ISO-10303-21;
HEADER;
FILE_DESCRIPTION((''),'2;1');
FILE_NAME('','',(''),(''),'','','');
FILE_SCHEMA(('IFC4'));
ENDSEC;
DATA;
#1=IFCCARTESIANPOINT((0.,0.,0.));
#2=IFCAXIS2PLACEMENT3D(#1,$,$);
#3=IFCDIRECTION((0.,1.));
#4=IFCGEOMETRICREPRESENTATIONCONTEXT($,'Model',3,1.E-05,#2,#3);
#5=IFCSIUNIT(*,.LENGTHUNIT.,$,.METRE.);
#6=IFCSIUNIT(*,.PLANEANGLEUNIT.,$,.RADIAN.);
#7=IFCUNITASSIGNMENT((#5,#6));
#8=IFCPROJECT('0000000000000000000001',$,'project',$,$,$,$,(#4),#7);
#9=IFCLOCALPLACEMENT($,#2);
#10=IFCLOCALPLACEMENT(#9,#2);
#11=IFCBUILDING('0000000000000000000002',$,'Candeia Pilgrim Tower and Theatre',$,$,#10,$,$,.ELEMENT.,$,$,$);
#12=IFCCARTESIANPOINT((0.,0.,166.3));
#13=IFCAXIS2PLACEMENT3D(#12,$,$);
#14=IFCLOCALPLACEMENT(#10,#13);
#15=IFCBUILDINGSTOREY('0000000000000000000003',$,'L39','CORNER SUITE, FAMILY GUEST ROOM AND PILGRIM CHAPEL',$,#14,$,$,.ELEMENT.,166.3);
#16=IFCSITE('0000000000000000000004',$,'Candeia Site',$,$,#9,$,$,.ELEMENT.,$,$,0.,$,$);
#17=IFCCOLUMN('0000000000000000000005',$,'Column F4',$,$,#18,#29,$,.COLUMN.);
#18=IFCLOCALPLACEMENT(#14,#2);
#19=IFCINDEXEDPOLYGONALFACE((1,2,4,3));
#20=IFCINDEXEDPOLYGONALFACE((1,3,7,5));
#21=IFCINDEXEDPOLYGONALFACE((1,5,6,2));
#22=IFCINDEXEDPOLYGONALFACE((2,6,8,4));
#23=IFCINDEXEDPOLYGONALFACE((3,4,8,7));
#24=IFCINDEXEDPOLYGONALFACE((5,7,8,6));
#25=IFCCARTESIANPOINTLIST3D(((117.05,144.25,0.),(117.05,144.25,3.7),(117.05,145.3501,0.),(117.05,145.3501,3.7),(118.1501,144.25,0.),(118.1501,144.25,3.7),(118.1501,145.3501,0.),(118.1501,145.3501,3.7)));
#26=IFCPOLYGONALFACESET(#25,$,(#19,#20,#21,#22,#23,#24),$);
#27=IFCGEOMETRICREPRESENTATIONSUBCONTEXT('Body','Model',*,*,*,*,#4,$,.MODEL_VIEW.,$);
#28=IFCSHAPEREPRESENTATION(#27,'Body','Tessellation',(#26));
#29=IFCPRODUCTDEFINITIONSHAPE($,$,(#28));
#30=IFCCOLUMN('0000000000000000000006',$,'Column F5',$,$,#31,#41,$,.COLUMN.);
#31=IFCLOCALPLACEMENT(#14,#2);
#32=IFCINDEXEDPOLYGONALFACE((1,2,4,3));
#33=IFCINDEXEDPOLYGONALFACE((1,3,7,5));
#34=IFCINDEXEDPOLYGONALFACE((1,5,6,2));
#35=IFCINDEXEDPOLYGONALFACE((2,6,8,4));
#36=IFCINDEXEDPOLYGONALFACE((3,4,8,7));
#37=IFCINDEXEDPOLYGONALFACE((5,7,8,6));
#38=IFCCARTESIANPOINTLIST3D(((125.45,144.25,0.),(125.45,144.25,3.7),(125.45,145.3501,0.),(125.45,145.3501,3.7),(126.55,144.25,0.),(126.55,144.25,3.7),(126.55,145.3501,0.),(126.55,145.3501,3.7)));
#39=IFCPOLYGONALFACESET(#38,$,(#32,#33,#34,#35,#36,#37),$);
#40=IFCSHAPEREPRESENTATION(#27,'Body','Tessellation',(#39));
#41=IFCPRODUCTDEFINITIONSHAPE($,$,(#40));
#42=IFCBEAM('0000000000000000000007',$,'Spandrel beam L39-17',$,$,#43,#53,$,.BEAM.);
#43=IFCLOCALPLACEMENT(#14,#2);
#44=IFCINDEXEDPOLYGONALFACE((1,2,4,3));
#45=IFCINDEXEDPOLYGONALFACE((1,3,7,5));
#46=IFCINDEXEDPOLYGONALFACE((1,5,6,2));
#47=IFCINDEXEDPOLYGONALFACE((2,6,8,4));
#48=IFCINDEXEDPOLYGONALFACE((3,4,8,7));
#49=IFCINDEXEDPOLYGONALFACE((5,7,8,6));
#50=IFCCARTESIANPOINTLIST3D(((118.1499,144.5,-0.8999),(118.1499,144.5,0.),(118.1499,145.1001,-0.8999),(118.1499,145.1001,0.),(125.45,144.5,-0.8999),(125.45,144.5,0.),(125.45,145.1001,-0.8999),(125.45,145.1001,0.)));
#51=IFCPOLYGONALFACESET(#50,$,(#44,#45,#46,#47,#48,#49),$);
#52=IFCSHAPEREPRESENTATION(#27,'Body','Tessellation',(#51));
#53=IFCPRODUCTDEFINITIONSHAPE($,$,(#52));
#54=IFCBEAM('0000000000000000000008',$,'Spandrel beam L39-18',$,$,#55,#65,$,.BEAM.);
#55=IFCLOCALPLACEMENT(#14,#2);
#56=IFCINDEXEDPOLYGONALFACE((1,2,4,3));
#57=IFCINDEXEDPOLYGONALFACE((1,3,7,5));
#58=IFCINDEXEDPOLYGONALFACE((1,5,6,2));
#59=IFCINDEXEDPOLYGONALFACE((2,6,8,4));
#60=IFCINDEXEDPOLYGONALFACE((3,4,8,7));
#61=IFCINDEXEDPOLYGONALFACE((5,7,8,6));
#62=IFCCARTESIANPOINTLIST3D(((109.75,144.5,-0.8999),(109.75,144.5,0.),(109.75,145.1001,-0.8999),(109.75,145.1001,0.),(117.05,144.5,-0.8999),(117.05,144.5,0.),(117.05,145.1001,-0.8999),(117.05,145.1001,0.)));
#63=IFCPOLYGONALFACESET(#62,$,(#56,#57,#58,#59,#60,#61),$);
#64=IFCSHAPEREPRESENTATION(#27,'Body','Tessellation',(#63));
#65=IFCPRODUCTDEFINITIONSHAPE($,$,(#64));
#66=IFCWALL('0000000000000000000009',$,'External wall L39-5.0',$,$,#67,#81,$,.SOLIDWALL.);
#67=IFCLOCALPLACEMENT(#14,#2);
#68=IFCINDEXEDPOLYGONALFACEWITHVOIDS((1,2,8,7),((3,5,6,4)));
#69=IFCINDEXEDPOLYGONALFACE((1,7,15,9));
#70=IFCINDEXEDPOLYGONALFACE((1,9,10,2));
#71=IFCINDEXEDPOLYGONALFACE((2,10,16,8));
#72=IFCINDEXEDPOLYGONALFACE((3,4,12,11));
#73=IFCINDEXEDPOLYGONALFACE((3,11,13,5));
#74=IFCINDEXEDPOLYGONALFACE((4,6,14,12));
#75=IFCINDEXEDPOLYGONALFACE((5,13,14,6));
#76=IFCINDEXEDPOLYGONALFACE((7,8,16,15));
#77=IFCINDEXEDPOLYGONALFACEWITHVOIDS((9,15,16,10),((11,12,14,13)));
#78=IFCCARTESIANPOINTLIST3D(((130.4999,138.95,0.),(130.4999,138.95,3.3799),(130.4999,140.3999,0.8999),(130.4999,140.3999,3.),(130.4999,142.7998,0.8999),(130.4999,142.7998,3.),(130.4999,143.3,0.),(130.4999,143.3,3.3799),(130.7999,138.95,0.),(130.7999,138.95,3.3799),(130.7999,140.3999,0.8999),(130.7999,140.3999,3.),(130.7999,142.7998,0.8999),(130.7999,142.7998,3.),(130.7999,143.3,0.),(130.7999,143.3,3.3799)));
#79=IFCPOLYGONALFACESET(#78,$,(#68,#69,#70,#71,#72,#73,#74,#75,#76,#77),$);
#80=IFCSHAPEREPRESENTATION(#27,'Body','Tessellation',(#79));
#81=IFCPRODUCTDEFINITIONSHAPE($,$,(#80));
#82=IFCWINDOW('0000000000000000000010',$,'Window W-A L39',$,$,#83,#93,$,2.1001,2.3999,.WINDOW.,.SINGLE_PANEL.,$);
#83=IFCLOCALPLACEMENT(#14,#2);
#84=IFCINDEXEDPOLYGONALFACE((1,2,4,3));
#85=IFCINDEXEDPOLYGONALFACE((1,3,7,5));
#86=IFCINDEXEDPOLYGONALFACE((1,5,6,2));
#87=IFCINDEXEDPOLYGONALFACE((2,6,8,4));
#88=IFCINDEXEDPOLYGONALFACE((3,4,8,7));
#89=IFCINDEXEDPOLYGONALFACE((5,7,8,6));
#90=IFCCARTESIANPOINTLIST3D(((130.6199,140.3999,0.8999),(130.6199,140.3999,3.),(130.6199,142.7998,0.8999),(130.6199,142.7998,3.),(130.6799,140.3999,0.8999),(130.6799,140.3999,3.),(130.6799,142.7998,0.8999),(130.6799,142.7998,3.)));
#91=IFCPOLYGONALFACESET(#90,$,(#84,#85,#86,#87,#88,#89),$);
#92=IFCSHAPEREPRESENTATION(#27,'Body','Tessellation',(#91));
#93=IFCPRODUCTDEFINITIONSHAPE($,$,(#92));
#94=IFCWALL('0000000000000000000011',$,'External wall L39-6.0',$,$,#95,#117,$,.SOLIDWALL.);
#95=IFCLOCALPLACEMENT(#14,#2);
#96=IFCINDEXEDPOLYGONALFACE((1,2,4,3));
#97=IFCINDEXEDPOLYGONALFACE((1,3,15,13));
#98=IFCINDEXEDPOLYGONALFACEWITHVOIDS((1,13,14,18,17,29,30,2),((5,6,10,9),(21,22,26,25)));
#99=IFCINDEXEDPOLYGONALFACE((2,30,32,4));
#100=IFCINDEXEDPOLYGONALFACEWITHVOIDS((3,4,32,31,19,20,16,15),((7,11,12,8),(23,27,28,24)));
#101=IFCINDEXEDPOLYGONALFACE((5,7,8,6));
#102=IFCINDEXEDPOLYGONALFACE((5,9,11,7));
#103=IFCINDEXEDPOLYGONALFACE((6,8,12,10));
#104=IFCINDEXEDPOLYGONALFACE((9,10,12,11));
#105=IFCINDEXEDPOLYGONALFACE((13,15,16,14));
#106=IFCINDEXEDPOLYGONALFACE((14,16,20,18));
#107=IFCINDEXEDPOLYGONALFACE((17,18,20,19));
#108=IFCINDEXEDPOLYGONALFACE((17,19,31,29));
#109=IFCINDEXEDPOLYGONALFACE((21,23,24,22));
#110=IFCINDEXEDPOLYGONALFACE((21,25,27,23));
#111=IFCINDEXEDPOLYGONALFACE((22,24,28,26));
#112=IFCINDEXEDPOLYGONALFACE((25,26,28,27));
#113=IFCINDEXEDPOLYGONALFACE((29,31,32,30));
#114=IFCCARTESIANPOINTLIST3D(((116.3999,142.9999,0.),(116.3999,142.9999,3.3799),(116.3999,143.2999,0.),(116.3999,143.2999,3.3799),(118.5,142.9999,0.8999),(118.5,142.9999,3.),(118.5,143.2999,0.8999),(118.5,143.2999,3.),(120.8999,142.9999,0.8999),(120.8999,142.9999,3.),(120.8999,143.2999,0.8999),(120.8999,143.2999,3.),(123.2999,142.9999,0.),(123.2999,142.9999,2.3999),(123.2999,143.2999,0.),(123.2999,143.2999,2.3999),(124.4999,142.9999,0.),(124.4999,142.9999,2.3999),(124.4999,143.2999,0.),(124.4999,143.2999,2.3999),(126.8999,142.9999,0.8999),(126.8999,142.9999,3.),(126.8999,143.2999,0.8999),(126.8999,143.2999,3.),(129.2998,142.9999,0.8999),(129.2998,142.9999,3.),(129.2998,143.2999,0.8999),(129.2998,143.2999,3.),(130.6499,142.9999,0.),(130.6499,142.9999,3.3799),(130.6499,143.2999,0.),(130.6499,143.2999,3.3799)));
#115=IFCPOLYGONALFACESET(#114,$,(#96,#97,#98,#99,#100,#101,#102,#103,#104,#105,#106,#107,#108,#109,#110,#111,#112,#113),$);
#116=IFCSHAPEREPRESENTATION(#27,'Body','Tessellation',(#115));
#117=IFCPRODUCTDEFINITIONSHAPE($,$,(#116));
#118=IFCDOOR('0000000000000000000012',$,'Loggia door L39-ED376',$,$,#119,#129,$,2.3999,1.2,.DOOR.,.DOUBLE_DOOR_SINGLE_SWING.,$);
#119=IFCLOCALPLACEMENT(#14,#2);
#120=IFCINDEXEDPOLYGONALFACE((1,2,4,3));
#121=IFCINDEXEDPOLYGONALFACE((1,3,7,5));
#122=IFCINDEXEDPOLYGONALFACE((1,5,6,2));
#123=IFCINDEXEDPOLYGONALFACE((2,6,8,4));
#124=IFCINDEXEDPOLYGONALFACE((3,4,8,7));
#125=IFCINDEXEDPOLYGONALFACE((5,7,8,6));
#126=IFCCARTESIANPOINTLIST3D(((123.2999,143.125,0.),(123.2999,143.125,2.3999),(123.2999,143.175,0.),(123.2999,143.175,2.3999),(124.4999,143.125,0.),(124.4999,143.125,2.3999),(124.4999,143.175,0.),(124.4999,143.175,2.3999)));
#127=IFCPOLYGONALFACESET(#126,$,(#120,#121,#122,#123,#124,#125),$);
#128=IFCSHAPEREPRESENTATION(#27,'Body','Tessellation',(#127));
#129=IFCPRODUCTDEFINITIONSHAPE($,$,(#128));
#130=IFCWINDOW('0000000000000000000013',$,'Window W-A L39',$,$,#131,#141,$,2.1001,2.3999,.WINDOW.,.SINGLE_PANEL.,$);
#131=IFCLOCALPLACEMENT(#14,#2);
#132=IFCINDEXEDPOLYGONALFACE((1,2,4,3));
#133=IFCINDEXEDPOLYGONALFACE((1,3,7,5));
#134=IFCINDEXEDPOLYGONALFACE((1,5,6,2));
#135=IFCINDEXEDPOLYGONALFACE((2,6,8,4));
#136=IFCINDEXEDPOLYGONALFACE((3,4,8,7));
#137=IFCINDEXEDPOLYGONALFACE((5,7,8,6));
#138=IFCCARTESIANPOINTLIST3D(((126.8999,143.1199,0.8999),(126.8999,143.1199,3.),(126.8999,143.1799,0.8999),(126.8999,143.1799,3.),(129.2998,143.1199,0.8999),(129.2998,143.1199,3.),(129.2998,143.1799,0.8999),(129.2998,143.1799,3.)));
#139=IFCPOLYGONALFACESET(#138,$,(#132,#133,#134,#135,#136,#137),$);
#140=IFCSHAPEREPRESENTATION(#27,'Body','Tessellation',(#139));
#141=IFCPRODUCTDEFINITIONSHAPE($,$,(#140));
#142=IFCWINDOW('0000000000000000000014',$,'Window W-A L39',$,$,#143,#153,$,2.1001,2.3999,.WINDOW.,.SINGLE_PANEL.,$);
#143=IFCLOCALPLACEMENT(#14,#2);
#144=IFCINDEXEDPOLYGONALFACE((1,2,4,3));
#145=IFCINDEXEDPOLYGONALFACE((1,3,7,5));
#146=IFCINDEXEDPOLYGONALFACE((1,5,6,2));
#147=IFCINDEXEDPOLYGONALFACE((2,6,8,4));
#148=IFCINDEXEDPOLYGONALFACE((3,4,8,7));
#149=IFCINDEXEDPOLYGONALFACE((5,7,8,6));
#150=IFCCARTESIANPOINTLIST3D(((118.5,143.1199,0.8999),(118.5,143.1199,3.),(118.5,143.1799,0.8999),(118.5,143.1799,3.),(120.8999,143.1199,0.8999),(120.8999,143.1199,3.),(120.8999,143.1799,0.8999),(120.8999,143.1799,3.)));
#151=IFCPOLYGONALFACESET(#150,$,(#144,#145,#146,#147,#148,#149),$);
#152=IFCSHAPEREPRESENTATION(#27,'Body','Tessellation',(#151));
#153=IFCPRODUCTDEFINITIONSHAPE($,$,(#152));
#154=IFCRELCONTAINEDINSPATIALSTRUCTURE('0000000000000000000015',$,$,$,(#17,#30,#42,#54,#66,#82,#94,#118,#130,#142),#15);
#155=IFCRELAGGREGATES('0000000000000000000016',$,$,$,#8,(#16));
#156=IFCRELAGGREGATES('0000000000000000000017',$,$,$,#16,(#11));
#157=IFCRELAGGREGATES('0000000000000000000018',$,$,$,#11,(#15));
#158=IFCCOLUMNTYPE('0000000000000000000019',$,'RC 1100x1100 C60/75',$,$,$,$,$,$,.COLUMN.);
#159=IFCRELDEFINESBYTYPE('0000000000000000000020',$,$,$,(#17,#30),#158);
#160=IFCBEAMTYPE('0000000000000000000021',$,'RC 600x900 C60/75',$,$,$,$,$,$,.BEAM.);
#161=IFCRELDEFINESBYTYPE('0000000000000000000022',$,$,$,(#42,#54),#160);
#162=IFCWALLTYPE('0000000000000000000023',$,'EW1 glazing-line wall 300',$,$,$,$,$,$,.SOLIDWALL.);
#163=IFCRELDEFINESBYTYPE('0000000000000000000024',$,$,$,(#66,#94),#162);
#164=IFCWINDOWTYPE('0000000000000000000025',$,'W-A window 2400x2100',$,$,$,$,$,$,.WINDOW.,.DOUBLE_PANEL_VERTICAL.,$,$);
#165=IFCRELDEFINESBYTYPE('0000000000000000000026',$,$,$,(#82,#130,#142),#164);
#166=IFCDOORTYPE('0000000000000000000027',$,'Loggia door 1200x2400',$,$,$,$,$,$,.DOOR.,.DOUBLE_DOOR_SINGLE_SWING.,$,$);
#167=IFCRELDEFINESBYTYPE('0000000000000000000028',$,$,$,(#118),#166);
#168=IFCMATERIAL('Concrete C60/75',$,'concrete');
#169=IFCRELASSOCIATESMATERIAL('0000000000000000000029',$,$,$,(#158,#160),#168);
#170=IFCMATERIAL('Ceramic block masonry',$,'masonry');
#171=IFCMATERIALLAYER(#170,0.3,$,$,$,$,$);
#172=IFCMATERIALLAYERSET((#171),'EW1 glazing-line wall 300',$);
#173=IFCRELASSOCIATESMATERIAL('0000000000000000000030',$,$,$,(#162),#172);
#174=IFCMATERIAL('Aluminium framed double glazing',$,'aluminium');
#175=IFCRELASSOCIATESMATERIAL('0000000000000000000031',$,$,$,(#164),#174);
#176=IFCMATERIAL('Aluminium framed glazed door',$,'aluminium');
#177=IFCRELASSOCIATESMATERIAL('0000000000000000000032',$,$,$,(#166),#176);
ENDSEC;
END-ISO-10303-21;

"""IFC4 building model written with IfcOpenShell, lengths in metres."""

from ifc_helpers import new_model, si_unit, direction, frame, frame_2d, origin, origin_2d, place, context, subcontext, project, spatial, rectangle, extrude, material, layer, layer_set, material_profile, profile_set, type_object, element, fill, save


model = new_model("IFC4")

# Units and contexts
model_context = context("Model", 3, precision=1e-05, world=origin(), true_north=direction((0.0, 1.0)))
body_context = subcontext(model_context, "Body", "Model", "MODEL_VIEW")
ifc_project = project(units=[si_unit("LENGTHUNIT", "METRE"), si_unit("PLANEANGLEUNIT", "RADIAN")], contexts=[model_context])

# Site, building, storey
site_placement = place(None, origin())
site = spatial("IfcSite", under=ifc_project, at=site_placement, Name="Candeia Site", CompositionType="ELEMENT", RefElevation=0.0)
building_placement = place(site_placement, origin())
building = spatial("IfcBuilding", under=site, at=building_placement, Name="Candeia Pilgrim Tower and Theatre", CompositionType="ELEMENT")
storey_placement = place(building_placement, frame((0.0, 0.0, 166.3)))
storey = spatial("IfcBuildingStorey", under=building, at=storey_placement, Name="L39", Description="CORNER SUITE, FAMILY GUEST ROOM AND PILGRIM CHAPEL", CompositionType="ELEMENT", Elevation=166.3)

# Columns
ifc_material_1 = material(Name="Concrete C60/75", Category="concrete")
ifc_material_profile_1 = material_profile(ifc_material_1, rectangle(XDim=1.1001, YDim=1.1001, at=origin_2d()))
ifc_profile_set_1 = profile_set([ifc_material_profile_1], Name="Concrete C60/75")
column_type = type_object("IfcColumnType", Name="RC 1100x1100 C60/75", PredefinedType="COLUMN", material=ifc_profile_set_1)
for number, where, z_axis, x_axis, name in (
    (1, (117.6001, 144.8, 0.0), (0.0, 0.0, 1.0), (1.0, 0.0, 0.0), "Column F4"),
    (2, (126.0, 144.8, 0.0), (0.0, 0.0, 1.0), (1.0, 0.0, 0.0), "Column F5"),
):
    element("IfcColumn", number, at=place(storey_placement, frame(where, z_axis=z_axis, x_axis=x_axis)), inside=storey, type_object=column_type, Name=name, PredefinedType="COLUMN", context=body_context, shape_type="SweptSolid", body=[
        extrude(rectangle(XDim=1.1001, YDim=1.1001, at=origin_2d()), origin(), (0.0, 0.0, 1.0), 3.7),
    ])

# Beams
ifc_material_profile_2 = material_profile(ifc_material_1, rectangle(XDim=0.6001, YDim=0.8999, at=origin_2d()))
ifc_profile_set_2 = profile_set([ifc_material_profile_2], Name="Concrete C60/75")
beam_type = type_object("IfcBeamType", Name="RC 600x900 C60/75", PredefinedType="BEAM", material=ifc_profile_set_2)
for number, where, z_axis, x_axis, name in (
    (3, (125.45, 144.8, -0.45), (-1.0, 0.0, 0.0), (0.0, -1.0, 0.0), "Spandrel beam L39-17"),
    (4, (117.05, 144.8, -0.45), (-1.0, 0.0, 0.0), (0.0, -1.0, 0.0), "Spandrel beam L39-18"),
):
    element("IfcBeam", number, at=place(storey_placement, frame(where, z_axis=z_axis, x_axis=x_axis)), inside=storey, type_object=beam_type, Name=name, PredefinedType="BEAM", context=body_context, shape_type="SweptSolid", body=[
        extrude(rectangle(XDim=0.6001, YDim=0.8999, at=origin_2d()), origin(), (0.0, 0.0, 1.0), 7.3),
    ])

# Wall, opening, window
ifc_material_2 = material(Name="Ceramic block masonry", Category="masonry")
ifc_layer_1 = layer(ifc_material_2, 0.3)
ifc_layer_set_1 = layer_set([ifc_layer_1], Name="EW1 glazing-line wall 300")
wall_type_1 = type_object("IfcWallType", Name="EW1 glazing-line wall 300", PredefinedType="SOLIDWALL", material=ifc_layer_set_1)
wall_1_placement = place(storey_placement, frame((130.6499, 138.95, 0.0), z_axis=(0.0, 0.0, 1.0), x_axis=(0.0, 1.0, 0.0)))
wall_1 = element("IfcWall", 5, at=wall_1_placement, inside=storey, type_object=wall_type_1, Name="External wall L39-5.0", PredefinedType="SOLIDWALL", context=body_context, shape_type="SweptSolid", body=[
    extrude(rectangle(XDim=4.3501, YDim=0.3, at=frame_2d((2.175, 0.0))), origin(), (0.0, 0.0, 1.0), 3.3799),
])
opening_1_placement = place(wall_1_placement, frame((1.45, 0.0, 0.8999)))
opening_1 = element("IfcOpeningElement", 6, at=opening_1_placement, cuts=wall_1, PredefinedType="OPENING", context=body_context, shape_type="SweptSolid", body=[
    extrude(rectangle(XDim=2.3999, YDim=2.1001, at=frame_2d((1.2, 1.05))), frame((0.0, 0.1602, 0.0), z_axis=(0.0, -1.0, 0.0), x_axis=(1.0, 0.0, 0.0)), (0.0, 0.0, 1.0), 0.3201),
])
ifc_material_3 = material(Name="Aluminium framed double glazing", Category="aluminium")
window_type_1 = type_object("IfcWindowType", Name="W-A window 2400x2100", PartitioningType="DOUBLE_PANEL_VERTICAL", PredefinedType="WINDOW", material=ifc_material_3)
window_1_placement = place(opening_1_placement, origin())
window_1 = element("IfcWindow", 7, at=window_1_placement, inside=storey, type_object=window_type_1, Name="Window W-A L39", OverallHeight=2.1001, OverallWidth=2.3999, PartitioningType="SINGLE_PANEL", PredefinedType="WINDOW", context=body_context, shape_type="SweptSolid", body=[
    extrude(rectangle(XDim=2.3999, YDim=2.1001, at=frame_2d((1.2, 1.05))), frame((0.0, 0.03, 0.0), z_axis=(0.0, -1.0, 0.0), x_axis=(1.0, 0.0, 0.0)), (0.0, 0.0, 1.0), 0.0601),
])
fill(opening_1, window_1)

# Wall, openings, door, windows
wall_2_placement = place(storey_placement, frame((130.6499, 143.1499, 0.0), z_axis=(0.0, 0.0, 1.0), x_axis=(-1.0, 0.0, 0.0)))
wall_2 = element("IfcWall", 8, at=wall_2_placement, inside=storey, type_object=wall_type_1, Name="External wall L39-6.0", PredefinedType="SOLIDWALL", context=body_context, shape_type="SweptSolid", body=[
    extrude(rectangle(XDim=14.25, YDim=0.3, at=frame_2d((7.125, 0.0))), origin(), (0.0, 0.0, 1.0), 3.3799),
])
opening_2_placement = place(wall_2_placement, frame((1.3501, 0.0, 0.8999)))
opening_2 = element("IfcOpeningElement", 9, at=opening_2_placement, cuts=wall_2, PredefinedType="OPENING", context=body_context, shape_type="SweptSolid", body=[
    extrude(rectangle(XDim=2.3999, YDim=2.1001, at=frame_2d((1.2, 1.05))), frame((0.0, 0.1602, 0.0), z_axis=(0.0, -1.0, 0.0), x_axis=(1.0, 0.0, 0.0)), (0.0, 0.0, 1.0), 0.3201),
])
opening_3_placement = place(wall_2_placement, frame((6.1499, 0.0, 0.0)))
opening_3 = element("IfcOpeningElement", 10, at=opening_3_placement, cuts=wall_2, PredefinedType="OPENING", context=body_context, shape_type="SweptSolid", body=[
    extrude(rectangle(XDim=1.2, YDim=2.3999, at=frame_2d((0.6001, 1.2))), frame((0.0, 0.1602, 0.0), z_axis=(0.0, -1.0, 0.0), x_axis=(1.0, 0.0, 0.0)), (0.0, 0.0, 1.0), 0.3201),
])
opening_4_placement = place(wall_2_placement, frame((9.75, 0.0, 0.8999)))
opening_4 = element("IfcOpeningElement", 11, at=opening_4_placement, cuts=wall_2, PredefinedType="OPENING", context=body_context, shape_type="SweptSolid", body=[
    extrude(rectangle(XDim=2.3999, YDim=2.1001, at=frame_2d((1.2, 1.05))), frame((0.0, 0.1602, 0.0), z_axis=(0.0, -1.0, 0.0), x_axis=(1.0, 0.0, 0.0)), (0.0, 0.0, 1.0), 0.3201),
])
ifc_material_4 = material(Name="Aluminium framed glazed door", Category="aluminium")
door_type = type_object("IfcDoorType", Name="Loggia door 1200x2400", OperationType="DOUBLE_DOOR_SINGLE_SWING", PredefinedType="DOOR", material=ifc_material_4)
door_1_placement = place(opening_3_placement, origin())
door_1 = element("IfcDoor", 12, at=door_1_placement, inside=storey, type_object=door_type, Name="Loggia door L39-ED376", OperationType="DOUBLE_DOOR_SINGLE_SWING", OverallHeight=2.3999, OverallWidth=1.2, PredefinedType="DOOR", context=body_context, shape_type="SweptSolid", body=[
    extrude(rectangle(XDim=1.2, YDim=2.3999, at=frame_2d((0.6001, 1.2))), frame((0.0, 0.0249, 0.0), z_axis=(0.0, -1.0, 0.0), x_axis=(1.0, 0.0, 0.0)), (0.0, 0.0, 1.0), 0.05),
])
fill(opening_3, door_1)
window_2_placement = place(opening_2_placement, origin())
window_2 = element("IfcWindow", 13, at=window_2_placement, inside=storey, type_object=window_type_1, Name="Window W-A L39", OverallHeight=2.1001, OverallWidth=2.3999, PartitioningType="SINGLE_PANEL", PredefinedType="WINDOW", context=body_context, shape_type="SweptSolid", body=[
    extrude(rectangle(XDim=2.3999, YDim=2.1001, at=frame_2d((1.2, 1.05))), frame((0.0, 0.03, 0.0), z_axis=(0.0, -1.0, 0.0), x_axis=(1.0, 0.0, 0.0)), (0.0, 0.0, 1.0), 0.0601),
])
fill(opening_2, window_2)
window_3_placement = place(opening_4_placement, origin())
window_3 = element("IfcWindow", 14, at=window_3_placement, inside=storey, type_object=window_type_1, Name="Window W-A L39", OverallHeight=2.1001, OverallWidth=2.3999, PartitioningType="SINGLE_PANEL", PredefinedType="WINDOW", context=body_context, shape_type="SweptSolid", body=[
    extrude(rectangle(XDim=2.3999, YDim=2.1001, at=frame_2d((1.2, 1.05))), frame((0.0, 0.03, 0.0), z_axis=(0.0, -1.0, 0.0), x_axis=(1.0, 0.0, 0.0)), (0.0, 0.0, 1.0), 0.0601),
])
fill(opening_4, window_3)

save(model, "model.ifc")
